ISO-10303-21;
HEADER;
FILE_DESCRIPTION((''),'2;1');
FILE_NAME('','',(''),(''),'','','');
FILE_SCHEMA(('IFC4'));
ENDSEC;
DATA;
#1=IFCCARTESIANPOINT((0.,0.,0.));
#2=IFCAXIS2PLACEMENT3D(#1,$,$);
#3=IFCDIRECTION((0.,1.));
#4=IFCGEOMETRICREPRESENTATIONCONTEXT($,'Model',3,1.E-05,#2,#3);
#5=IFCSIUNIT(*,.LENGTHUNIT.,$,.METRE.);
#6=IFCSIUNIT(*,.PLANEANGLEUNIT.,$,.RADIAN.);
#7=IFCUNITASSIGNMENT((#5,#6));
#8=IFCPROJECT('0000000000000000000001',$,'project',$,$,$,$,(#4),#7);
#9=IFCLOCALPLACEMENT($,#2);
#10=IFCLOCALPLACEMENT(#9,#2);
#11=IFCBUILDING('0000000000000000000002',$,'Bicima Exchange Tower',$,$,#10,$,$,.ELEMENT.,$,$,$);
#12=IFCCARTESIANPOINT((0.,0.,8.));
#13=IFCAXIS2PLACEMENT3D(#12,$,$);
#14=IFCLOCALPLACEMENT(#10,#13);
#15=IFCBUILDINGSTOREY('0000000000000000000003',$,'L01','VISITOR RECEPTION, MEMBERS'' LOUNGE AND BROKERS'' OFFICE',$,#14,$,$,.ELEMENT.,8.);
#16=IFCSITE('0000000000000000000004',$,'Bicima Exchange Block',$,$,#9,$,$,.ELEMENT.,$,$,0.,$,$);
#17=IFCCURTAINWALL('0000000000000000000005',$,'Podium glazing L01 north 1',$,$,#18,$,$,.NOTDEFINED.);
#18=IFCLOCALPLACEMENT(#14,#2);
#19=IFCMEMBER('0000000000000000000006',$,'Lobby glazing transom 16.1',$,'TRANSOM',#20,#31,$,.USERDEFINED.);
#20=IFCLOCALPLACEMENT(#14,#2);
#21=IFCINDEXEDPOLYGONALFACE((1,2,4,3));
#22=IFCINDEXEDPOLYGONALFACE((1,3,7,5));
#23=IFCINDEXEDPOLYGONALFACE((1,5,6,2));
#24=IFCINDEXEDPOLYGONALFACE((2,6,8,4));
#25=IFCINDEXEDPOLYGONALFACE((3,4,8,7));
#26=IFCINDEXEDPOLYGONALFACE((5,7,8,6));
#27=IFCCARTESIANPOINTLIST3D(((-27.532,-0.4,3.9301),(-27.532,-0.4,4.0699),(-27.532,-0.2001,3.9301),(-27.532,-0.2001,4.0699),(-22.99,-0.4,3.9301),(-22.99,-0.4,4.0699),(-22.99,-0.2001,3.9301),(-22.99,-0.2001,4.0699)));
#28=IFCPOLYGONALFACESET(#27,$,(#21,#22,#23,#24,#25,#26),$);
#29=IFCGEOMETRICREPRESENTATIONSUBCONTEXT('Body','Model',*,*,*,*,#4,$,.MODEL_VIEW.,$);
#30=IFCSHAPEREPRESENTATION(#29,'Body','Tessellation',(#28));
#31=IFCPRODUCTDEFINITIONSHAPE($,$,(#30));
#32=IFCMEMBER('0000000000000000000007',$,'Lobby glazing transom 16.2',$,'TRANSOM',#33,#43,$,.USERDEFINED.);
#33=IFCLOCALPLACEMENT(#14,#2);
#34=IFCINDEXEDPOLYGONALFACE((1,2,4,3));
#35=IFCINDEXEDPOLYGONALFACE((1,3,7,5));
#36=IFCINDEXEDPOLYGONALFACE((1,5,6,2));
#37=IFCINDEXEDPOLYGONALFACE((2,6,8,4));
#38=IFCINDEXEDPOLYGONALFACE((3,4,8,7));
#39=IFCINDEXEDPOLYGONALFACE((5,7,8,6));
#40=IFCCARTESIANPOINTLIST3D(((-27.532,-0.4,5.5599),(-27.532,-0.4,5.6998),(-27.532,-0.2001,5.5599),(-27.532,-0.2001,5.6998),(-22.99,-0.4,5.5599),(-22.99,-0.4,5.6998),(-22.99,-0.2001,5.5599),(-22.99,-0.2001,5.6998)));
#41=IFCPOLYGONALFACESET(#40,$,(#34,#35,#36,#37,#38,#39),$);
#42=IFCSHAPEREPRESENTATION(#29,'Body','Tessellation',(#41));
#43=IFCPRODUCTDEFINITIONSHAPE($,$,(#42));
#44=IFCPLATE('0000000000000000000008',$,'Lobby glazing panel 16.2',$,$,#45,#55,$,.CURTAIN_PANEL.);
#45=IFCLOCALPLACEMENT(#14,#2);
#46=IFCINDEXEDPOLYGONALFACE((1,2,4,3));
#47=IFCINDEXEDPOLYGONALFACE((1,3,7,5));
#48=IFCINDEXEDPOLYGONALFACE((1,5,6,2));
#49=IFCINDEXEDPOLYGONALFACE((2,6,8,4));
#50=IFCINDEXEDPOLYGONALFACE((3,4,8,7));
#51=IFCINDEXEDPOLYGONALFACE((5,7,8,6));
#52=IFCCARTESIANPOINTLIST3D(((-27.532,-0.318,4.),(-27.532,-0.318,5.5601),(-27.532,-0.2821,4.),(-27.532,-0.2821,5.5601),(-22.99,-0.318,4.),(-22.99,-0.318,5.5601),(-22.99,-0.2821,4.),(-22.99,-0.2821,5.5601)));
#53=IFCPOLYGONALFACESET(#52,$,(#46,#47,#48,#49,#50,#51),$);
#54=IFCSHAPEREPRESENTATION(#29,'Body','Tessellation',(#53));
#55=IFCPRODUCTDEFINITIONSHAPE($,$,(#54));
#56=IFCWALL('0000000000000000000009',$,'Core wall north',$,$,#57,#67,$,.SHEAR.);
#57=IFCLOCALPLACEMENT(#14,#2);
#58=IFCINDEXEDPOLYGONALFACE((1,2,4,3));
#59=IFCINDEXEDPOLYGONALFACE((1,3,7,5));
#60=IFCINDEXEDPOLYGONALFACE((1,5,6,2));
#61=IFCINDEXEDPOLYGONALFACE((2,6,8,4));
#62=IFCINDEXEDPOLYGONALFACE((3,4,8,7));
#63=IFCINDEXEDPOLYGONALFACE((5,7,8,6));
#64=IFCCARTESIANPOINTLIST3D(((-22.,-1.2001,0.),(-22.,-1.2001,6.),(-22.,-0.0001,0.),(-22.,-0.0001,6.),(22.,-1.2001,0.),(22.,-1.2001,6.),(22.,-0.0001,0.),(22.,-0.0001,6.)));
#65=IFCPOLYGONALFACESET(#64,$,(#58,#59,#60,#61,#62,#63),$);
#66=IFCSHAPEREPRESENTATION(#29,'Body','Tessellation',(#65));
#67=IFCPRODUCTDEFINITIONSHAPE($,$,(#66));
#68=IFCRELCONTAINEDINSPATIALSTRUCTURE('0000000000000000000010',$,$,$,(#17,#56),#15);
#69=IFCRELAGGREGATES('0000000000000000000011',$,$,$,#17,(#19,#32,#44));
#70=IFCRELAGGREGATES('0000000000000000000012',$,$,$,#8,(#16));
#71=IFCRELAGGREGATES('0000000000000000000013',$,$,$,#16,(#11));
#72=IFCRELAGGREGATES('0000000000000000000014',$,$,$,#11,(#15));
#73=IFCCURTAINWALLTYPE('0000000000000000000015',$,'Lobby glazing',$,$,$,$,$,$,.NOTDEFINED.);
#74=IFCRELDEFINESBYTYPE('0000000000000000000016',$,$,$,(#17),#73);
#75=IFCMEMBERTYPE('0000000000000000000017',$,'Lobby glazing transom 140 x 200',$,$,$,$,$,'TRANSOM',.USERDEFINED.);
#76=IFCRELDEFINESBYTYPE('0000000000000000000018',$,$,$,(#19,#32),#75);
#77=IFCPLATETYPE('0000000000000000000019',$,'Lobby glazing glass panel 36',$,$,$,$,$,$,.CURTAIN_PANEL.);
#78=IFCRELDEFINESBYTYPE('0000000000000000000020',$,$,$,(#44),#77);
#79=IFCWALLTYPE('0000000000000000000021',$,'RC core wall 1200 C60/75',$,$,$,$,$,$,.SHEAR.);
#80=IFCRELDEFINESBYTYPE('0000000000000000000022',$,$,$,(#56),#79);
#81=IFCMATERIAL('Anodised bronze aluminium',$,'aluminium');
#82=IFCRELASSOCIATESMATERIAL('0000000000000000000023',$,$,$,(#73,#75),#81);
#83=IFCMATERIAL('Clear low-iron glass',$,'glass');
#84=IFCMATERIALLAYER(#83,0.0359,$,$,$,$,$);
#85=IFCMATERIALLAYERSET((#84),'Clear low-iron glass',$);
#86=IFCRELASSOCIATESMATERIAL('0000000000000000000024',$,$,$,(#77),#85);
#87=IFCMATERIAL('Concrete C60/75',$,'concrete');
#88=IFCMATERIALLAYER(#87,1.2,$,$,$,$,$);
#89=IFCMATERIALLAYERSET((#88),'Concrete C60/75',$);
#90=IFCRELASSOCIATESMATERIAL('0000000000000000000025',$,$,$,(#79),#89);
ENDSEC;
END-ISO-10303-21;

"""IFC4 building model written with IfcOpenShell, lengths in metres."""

from ifc_helpers import new_model, si_unit, direction, frame, frame_2d, origin, origin_2d, place, context, subcontext, project, spatial, rectangle, extrude, material, layer, layer_set, material_profile, profile_set, type_object, element, aggregate, save


model = new_model("IFC4")

# Units and contexts
model_context = context("Model", 3, precision=1e-05, world=origin(), true_north=direction((0.0, 1.0)))
body_context = subcontext(model_context, "Body", "Model", "MODEL_VIEW")
ifc_project = project(units=[si_unit("LENGTHUNIT", "METRE"), si_unit("PLANEANGLEUNIT", "RADIAN")], contexts=[model_context])

# Site, building, storey
site_placement = place(None, origin())
site = spatial("IfcSite", under=ifc_project, at=site_placement, Name="Bicima Exchange Block", CompositionType="ELEMENT", RefElevation=0.0)
building_placement = place(site_placement, origin())
building = spatial("IfcBuilding", under=site, at=building_placement, Name="Bicima Exchange Tower", CompositionType="ELEMENT")
storey_placement = place(building_placement, frame((0.0, 0.0, 8.0)))
storey = spatial("IfcBuildingStorey", under=building, at=storey_placement, Name="L01", Description="VISITOR RECEPTION, MEMBERS' LOUNGE AND BROKERS' OFFICE", CompositionType="ELEMENT", Elevation=8.0)

# Curtain wall, members, plate
ifc_material_1 = material(Name="Anodised bronze aluminium", Category="aluminium")
curtain_wall_type = type_object("IfcCurtainWallType", Name="Lobby glazing", PredefinedType="NOTDEFINED", material=ifc_material_1)
curtain_wall_placement = place(storey_placement, origin())
curtain_wall = element("IfcCurtainWall", 1, at=curtain_wall_placement, inside=storey, type_object=curtain_wall_type, Name="Podium glazing L01 north 1", PredefinedType="NOTDEFINED")
ifc_material_profile = material_profile(ifc_material_1, rectangle(XDim=0.2, YDim=0.1399, at=origin_2d()))
ifc_profile_set = profile_set([ifc_material_profile], Name="Anodised bronze aluminium")
member_type = type_object("IfcMemberType", Name="Lobby glazing transom 140 x 200", ElementType="TRANSOM", PredefinedType="USERDEFINED", material=ifc_profile_set)
member_1_placement = place(storey_placement, frame((-22.99, -0.3, 4.0), z_axis=(-1.0, 0.0, 0.0), x_axis=(0.0, -1.0, 0.0)))
member_1 = element("IfcMember", 2, at=member_1_placement, type_object=member_type, Name="Lobby glazing transom 16.1", ObjectType="TRANSOM", PredefinedType="USERDEFINED", context=body_context, shape_type="SweptSolid", body=[
    extrude(rectangle(XDim=0.2, YDim=0.1399, at=origin_2d()), origin(), (0.0, 0.0, 1.0), 4.542),
])
member_2_placement = place(storey_placement, frame((-22.99, -0.3, 5.6299), z_axis=(-1.0, 0.0, 0.0), x_axis=(0.0, -1.0, 0.0)))
member_2 = element("IfcMember", 3, at=member_2_placement, type_object=member_type, Name="Lobby glazing transom 16.2", ObjectType="TRANSOM", PredefinedType="USERDEFINED", context=body_context, shape_type="SweptSolid", body=[
    extrude(rectangle(XDim=0.2, YDim=0.1399, at=origin_2d()), origin(), (0.0, 0.0, 1.0), 4.542),
])
ifc_material_2 = material(Name="Clear low-iron glass", Category="glass")
ifc_layer_1 = layer(ifc_material_2, 0.0359)
ifc_layer_set_1 = layer_set([ifc_layer_1], Name="Clear low-iron glass")
plate_type = type_object("IfcPlateType", Name="Lobby glazing glass panel 36", PredefinedType="CURTAIN_PANEL", material=ifc_layer_set_1)
plate_placement = place(storey_placement, frame((-25.261, -0.3, 4.0), z_axis=(0.0, 0.0, 1.0), x_axis=(-1.0, 0.0, 0.0)))
plate = element("IfcPlate", 4, at=plate_placement, type_object=plate_type, Name="Lobby glazing panel 16.2", PredefinedType="CURTAIN_PANEL", context=body_context, shape_type="SweptSolid", body=[
    extrude(rectangle(XDim=4.542, YDim=0.0359, at=origin_2d()), origin(), (0.0, 0.0, 1.0), 1.5601),
])
aggregate(curtain_wall, [member_1, member_2, plate])

# Wall
ifc_material_3 = material(Name="Concrete C60/75", Category="concrete")
ifc_layer_2 = layer(ifc_material_3, 1.2)
ifc_layer_set_2 = layer_set([ifc_layer_2], Name="Concrete C60/75")
wall_type_1 = type_object("IfcWallType", Name="RC core wall 1200 C60/75", PredefinedType="SHEAR", material=ifc_layer_set_2)
wall_1_placement = place(storey_placement, frame((-22.0, -0.6001, 0.0), z_axis=(0.0, 0.0, 1.0), x_axis=(1.0, 0.0, 0.0)))
element("IfcWall", 5, at=wall_1_placement, inside=storey, type_object=wall_type_1, Name="Core wall north", PredefinedType="SHEAR", context=body_context, shape_type="SweptSolid", body=[
    extrude(rectangle(XDim=44.0, YDim=1.2, at=frame_2d((22.0, 0.0))), origin(), (0.0, 0.0, 1.0), 6.0),
])

save(model, "model.ifc")
